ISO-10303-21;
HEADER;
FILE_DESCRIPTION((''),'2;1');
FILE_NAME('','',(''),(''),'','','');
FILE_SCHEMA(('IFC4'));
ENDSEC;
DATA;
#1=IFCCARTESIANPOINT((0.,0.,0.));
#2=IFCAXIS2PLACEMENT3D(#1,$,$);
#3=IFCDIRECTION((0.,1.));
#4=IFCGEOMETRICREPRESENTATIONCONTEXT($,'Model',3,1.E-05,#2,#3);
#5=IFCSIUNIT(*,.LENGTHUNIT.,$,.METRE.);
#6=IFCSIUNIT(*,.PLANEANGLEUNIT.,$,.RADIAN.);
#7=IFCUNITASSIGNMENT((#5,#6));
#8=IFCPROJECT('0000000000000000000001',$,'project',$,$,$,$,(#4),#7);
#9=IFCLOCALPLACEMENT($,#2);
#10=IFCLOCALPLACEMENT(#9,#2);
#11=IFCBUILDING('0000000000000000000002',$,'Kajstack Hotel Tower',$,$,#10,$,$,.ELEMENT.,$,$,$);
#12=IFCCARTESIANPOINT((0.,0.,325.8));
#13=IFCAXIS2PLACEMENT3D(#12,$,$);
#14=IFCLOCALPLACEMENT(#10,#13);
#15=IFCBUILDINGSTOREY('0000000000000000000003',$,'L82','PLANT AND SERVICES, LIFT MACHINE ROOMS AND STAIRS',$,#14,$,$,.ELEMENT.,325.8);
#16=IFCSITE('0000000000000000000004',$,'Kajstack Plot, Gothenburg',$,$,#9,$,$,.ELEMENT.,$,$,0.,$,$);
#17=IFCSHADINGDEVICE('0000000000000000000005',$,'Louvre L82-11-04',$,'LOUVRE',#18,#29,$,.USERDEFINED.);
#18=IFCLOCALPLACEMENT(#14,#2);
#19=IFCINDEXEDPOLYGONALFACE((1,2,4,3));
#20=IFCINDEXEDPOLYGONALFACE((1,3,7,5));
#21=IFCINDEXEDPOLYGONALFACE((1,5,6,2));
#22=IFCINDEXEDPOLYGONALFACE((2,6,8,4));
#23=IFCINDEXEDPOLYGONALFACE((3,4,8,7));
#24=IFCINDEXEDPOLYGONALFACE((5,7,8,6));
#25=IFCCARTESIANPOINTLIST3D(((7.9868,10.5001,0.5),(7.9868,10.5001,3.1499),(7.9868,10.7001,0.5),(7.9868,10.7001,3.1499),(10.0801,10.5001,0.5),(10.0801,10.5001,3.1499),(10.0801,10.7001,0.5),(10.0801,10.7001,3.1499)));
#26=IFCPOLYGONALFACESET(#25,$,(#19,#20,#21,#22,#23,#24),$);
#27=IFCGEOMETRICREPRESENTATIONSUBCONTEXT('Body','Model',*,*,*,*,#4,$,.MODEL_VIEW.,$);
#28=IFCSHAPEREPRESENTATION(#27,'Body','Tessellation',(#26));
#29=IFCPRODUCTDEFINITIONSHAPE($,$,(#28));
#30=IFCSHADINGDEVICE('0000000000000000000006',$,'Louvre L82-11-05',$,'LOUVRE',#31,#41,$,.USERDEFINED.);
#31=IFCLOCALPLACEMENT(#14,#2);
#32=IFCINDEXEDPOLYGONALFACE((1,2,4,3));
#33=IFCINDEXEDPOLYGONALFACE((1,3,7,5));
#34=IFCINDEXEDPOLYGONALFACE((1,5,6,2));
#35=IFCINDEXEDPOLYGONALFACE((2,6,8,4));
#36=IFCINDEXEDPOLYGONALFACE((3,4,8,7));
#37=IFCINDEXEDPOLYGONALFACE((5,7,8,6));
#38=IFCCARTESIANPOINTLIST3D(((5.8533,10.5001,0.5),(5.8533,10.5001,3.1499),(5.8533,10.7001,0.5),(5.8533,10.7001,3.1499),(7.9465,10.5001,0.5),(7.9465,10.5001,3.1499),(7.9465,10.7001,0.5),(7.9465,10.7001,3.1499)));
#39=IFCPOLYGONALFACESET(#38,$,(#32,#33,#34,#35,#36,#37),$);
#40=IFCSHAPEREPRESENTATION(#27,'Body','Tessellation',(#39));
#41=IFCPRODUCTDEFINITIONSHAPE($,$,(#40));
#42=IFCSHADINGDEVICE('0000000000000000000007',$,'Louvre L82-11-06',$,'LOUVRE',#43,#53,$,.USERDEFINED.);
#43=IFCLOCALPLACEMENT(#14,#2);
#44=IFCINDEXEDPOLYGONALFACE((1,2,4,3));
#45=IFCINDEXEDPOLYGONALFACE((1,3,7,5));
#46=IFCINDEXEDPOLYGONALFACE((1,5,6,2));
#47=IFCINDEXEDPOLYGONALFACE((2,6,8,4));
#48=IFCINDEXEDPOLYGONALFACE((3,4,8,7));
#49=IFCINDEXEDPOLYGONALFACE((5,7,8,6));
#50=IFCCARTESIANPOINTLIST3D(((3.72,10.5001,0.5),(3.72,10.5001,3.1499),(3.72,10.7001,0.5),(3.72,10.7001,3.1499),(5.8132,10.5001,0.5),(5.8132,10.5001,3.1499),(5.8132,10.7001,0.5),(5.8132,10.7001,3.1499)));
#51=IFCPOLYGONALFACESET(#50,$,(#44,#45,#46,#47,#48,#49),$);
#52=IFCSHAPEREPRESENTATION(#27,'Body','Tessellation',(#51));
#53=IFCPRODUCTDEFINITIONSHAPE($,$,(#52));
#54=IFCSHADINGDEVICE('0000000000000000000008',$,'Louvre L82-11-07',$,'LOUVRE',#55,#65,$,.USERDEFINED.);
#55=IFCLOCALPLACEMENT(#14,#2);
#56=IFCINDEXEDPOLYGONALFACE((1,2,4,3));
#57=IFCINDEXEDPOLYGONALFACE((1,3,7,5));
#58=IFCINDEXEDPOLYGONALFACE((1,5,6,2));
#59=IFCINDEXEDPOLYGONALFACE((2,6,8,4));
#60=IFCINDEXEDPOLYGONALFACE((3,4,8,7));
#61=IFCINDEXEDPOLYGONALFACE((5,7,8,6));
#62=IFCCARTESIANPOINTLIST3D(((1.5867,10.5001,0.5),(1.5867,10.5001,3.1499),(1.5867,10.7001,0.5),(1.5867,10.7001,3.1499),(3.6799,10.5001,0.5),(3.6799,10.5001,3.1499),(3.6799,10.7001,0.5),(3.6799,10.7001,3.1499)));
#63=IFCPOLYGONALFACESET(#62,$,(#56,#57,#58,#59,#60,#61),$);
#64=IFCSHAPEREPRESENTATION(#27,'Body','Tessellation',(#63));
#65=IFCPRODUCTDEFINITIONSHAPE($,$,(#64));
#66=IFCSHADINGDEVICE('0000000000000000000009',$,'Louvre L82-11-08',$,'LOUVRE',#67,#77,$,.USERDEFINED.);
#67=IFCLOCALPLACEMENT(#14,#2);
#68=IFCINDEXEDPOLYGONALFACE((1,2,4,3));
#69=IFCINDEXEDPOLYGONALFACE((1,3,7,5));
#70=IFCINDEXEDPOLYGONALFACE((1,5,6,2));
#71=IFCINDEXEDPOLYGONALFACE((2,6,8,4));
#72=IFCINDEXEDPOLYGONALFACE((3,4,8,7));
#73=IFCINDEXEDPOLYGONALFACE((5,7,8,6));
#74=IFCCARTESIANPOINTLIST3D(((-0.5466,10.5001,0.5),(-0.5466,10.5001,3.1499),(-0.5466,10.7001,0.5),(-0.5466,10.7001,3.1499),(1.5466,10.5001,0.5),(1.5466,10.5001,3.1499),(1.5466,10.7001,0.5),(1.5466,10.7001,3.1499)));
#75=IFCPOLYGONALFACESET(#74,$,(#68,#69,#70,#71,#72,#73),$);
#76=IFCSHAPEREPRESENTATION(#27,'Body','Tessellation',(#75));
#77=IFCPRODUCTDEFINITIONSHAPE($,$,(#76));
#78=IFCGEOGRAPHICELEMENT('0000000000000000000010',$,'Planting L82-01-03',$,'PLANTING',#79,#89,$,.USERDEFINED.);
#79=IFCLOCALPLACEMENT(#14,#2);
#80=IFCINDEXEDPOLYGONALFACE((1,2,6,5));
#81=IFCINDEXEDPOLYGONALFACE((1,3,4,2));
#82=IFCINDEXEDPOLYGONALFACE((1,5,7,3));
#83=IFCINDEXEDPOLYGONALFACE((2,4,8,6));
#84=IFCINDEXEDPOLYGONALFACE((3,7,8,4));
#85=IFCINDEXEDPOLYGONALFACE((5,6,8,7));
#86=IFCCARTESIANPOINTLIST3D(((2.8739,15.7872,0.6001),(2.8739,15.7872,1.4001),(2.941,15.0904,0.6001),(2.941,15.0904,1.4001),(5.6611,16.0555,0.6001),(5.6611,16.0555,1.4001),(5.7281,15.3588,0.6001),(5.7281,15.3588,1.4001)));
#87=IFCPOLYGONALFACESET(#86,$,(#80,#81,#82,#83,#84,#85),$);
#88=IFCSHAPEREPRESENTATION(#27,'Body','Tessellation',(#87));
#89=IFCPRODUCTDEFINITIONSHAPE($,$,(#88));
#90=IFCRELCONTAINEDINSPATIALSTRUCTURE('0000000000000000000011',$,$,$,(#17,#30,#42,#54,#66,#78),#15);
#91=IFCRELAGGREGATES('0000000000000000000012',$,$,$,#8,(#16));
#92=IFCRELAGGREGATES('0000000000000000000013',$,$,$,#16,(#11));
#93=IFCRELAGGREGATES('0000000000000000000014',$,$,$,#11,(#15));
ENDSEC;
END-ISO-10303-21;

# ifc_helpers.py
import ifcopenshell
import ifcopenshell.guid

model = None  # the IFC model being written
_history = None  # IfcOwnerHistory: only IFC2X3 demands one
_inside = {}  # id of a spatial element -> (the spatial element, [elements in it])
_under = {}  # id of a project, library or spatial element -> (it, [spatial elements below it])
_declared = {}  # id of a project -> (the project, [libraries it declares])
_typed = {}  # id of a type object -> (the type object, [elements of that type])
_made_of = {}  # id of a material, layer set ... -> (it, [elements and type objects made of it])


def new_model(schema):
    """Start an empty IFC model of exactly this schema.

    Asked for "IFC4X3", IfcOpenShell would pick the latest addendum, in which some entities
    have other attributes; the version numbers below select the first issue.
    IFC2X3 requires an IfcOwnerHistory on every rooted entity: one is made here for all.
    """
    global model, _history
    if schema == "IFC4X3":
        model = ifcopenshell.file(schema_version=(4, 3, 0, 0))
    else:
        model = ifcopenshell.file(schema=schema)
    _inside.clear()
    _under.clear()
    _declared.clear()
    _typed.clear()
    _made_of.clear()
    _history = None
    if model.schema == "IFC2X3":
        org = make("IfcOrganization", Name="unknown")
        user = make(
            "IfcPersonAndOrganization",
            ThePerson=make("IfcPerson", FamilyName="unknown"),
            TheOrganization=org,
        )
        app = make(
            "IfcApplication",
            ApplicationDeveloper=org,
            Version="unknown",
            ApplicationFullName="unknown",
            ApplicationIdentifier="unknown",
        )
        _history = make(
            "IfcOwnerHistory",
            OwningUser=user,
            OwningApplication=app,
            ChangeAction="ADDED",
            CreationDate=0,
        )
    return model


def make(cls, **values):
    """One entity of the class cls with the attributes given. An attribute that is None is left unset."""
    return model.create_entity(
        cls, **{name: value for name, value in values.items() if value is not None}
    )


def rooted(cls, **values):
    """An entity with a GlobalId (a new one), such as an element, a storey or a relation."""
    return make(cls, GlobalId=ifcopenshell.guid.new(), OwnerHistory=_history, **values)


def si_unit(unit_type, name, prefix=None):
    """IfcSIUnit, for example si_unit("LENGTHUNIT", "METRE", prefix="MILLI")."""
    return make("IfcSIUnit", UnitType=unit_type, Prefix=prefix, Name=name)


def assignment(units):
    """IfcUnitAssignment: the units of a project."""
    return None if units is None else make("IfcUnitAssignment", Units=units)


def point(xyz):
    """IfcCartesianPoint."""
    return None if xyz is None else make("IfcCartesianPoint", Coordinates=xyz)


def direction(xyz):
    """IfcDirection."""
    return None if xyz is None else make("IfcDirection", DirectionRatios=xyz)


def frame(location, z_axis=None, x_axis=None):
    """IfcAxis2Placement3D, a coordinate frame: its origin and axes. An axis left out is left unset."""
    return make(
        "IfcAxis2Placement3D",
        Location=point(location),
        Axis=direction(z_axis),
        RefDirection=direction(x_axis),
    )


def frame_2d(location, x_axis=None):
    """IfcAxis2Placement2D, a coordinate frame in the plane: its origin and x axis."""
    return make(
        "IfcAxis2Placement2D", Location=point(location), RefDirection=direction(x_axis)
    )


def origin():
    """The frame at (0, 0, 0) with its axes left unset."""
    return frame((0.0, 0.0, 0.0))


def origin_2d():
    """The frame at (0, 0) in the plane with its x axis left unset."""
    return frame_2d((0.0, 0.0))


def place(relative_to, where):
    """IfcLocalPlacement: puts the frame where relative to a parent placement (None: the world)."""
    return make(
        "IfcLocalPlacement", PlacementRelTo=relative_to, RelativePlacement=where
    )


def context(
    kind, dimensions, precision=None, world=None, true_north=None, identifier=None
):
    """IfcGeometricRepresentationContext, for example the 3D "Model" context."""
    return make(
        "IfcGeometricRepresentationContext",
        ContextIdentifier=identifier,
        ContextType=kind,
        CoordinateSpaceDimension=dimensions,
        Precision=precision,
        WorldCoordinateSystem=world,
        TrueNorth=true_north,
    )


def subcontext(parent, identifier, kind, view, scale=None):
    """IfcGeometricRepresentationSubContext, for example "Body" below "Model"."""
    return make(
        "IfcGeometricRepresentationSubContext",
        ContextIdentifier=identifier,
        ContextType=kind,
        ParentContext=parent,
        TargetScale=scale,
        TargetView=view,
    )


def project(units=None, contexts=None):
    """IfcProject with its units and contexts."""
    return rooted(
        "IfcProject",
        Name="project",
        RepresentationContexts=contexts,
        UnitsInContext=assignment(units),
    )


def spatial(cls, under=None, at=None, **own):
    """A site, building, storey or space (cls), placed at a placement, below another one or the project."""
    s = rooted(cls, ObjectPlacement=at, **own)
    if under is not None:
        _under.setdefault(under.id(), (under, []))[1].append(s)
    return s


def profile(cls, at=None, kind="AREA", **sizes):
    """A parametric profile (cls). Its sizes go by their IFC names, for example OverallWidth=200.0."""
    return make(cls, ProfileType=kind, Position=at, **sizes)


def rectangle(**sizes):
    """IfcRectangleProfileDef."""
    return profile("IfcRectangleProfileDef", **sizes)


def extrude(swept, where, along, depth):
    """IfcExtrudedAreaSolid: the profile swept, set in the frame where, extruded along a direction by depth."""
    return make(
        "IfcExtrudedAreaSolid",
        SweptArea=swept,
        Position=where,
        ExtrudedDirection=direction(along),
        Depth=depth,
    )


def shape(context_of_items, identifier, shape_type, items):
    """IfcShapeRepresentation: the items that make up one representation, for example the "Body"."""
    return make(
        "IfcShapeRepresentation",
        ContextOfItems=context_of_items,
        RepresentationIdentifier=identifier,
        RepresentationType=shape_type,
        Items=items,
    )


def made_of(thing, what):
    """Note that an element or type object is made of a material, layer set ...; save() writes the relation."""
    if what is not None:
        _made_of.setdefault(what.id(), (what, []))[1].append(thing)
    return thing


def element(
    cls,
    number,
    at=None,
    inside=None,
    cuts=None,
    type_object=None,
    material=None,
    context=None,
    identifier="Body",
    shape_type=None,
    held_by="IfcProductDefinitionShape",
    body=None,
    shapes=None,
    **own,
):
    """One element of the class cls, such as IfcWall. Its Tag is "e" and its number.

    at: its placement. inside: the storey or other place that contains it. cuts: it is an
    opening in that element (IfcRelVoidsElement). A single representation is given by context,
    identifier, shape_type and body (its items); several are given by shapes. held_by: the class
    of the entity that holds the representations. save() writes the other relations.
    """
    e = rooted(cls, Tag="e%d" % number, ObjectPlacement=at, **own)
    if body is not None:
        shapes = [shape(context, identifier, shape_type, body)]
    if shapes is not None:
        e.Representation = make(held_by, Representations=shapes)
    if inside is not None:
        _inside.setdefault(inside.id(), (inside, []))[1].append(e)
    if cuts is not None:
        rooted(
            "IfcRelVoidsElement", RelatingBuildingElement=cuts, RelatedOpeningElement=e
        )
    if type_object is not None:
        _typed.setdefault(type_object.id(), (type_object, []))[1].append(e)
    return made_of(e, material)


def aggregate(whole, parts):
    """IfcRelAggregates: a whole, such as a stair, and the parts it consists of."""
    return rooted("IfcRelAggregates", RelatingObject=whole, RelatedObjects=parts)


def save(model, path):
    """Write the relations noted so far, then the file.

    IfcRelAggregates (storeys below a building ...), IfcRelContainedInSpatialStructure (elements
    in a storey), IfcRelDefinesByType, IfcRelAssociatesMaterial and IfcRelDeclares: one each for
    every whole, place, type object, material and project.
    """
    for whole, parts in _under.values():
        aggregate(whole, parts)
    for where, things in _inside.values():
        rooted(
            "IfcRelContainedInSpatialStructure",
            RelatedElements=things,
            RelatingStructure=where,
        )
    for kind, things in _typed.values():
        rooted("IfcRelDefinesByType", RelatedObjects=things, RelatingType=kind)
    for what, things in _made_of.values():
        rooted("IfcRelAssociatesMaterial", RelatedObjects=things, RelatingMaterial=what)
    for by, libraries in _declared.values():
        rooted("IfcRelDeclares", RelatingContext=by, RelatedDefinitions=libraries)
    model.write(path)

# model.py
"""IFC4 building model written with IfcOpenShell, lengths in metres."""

from ifc_helpers import new_model, si_unit, direction, frame, origin, origin_2d, place, context, subcontext, project, spatial, rectangle, extrude, element, save


model = new_model("IFC4")

# Units and contexts
model_context = context("Model", 3, precision=1e-05, world=origin(), true_north=direction((0.0, 1.0)))
body_context = subcontext(model_context, "Body", "Model", "MODEL_VIEW")
ifc_project = project(units=[si_unit("LENGTHUNIT", "METRE"), si_unit("PLANEANGLEUNIT", "RADIAN")], contexts=[model_context])

# Site, building, storey
site_placement = place(None, origin())
site = spatial("IfcSite", under=ifc_project, at=site_placement, Name="Kajstack Plot, Gothenburg", CompositionType="ELEMENT", RefElevation=0.0)
building_placement = place(site_placement, origin())
building = spatial("IfcBuilding", under=site, at=building_placement, Name="Kajstack Hotel Tower", CompositionType="ELEMENT")
storey_placement = place(building_placement, frame((0.0, 0.0, 325.8)))
storey = spatial("IfcBuildingStorey", under=building, at=storey_placement, Name="L82", Description="PLANT AND SERVICES, LIFT MACHINE ROOMS AND STAIRS", CompositionType="ELEMENT", Elevation=325.8)

# Shading devices
for number, where, z_axis, x_axis, name in (
    (1, (9.0334, 10.6001, 0.5), (0.0, 0.0, 1.0), (-1.0, 0.0, 0.0), "Louvre L82-11-04"),
    (2, (6.8999, 10.6001, 0.5), (0.0, 0.0, 1.0), (-1.0, 0.0, 0.0), "Louvre L82-11-05"),
    (3, (4.7666, 10.6001, 0.5), (0.0, 0.0, 1.0), (-1.0, 0.0, 0.0), "Louvre L82-11-06"),
    (4, (2.6333, 10.6001, 0.5), (0.0, 0.0, 1.0), (-1.0, 0.0, 0.0), "Louvre L82-11-07"),
    (5, (0.5, 10.6001, 0.5), (0.0, 0.0, 1.0), (-1.0, 0.0, 0.0), "Louvre L82-11-08"),
):
    element("IfcShadingDevice", number, at=place(storey_placement, frame(where, z_axis=z_axis, x_axis=x_axis)), inside=storey, Name=name, ObjectType="LOUVRE", PredefinedType="USERDEFINED", context=body_context, shape_type="SweptSolid", body=[
        extrude(rectangle(XDim=2.0933, YDim=0.2, at=origin_2d()), origin(), (0.0, 0.0, 1.0), 2.6499),
    ])

# Geographic element
geographic_element_placement = place(storey_placement, frame((4.301, 15.573, 0.6001), z_axis=(0.0, 0.0, 1.0), x_axis=(0.995396, 0.095845, 0.0)))
element("IfcGeographicElement", 6, at=geographic_element_placement, inside=storey, Name="Planting L82-01-03", ObjectType="PLANTING", PredefinedType="USERDEFINED", context=body_context, shape_type="SweptSolid", body=[
    extrude(rectangle(XDim=2.8, YDim=0.7, at=origin_2d()), origin(), (0.0, 0.0, 1.0), 0.8),
])

save(model, "model.ifc")
